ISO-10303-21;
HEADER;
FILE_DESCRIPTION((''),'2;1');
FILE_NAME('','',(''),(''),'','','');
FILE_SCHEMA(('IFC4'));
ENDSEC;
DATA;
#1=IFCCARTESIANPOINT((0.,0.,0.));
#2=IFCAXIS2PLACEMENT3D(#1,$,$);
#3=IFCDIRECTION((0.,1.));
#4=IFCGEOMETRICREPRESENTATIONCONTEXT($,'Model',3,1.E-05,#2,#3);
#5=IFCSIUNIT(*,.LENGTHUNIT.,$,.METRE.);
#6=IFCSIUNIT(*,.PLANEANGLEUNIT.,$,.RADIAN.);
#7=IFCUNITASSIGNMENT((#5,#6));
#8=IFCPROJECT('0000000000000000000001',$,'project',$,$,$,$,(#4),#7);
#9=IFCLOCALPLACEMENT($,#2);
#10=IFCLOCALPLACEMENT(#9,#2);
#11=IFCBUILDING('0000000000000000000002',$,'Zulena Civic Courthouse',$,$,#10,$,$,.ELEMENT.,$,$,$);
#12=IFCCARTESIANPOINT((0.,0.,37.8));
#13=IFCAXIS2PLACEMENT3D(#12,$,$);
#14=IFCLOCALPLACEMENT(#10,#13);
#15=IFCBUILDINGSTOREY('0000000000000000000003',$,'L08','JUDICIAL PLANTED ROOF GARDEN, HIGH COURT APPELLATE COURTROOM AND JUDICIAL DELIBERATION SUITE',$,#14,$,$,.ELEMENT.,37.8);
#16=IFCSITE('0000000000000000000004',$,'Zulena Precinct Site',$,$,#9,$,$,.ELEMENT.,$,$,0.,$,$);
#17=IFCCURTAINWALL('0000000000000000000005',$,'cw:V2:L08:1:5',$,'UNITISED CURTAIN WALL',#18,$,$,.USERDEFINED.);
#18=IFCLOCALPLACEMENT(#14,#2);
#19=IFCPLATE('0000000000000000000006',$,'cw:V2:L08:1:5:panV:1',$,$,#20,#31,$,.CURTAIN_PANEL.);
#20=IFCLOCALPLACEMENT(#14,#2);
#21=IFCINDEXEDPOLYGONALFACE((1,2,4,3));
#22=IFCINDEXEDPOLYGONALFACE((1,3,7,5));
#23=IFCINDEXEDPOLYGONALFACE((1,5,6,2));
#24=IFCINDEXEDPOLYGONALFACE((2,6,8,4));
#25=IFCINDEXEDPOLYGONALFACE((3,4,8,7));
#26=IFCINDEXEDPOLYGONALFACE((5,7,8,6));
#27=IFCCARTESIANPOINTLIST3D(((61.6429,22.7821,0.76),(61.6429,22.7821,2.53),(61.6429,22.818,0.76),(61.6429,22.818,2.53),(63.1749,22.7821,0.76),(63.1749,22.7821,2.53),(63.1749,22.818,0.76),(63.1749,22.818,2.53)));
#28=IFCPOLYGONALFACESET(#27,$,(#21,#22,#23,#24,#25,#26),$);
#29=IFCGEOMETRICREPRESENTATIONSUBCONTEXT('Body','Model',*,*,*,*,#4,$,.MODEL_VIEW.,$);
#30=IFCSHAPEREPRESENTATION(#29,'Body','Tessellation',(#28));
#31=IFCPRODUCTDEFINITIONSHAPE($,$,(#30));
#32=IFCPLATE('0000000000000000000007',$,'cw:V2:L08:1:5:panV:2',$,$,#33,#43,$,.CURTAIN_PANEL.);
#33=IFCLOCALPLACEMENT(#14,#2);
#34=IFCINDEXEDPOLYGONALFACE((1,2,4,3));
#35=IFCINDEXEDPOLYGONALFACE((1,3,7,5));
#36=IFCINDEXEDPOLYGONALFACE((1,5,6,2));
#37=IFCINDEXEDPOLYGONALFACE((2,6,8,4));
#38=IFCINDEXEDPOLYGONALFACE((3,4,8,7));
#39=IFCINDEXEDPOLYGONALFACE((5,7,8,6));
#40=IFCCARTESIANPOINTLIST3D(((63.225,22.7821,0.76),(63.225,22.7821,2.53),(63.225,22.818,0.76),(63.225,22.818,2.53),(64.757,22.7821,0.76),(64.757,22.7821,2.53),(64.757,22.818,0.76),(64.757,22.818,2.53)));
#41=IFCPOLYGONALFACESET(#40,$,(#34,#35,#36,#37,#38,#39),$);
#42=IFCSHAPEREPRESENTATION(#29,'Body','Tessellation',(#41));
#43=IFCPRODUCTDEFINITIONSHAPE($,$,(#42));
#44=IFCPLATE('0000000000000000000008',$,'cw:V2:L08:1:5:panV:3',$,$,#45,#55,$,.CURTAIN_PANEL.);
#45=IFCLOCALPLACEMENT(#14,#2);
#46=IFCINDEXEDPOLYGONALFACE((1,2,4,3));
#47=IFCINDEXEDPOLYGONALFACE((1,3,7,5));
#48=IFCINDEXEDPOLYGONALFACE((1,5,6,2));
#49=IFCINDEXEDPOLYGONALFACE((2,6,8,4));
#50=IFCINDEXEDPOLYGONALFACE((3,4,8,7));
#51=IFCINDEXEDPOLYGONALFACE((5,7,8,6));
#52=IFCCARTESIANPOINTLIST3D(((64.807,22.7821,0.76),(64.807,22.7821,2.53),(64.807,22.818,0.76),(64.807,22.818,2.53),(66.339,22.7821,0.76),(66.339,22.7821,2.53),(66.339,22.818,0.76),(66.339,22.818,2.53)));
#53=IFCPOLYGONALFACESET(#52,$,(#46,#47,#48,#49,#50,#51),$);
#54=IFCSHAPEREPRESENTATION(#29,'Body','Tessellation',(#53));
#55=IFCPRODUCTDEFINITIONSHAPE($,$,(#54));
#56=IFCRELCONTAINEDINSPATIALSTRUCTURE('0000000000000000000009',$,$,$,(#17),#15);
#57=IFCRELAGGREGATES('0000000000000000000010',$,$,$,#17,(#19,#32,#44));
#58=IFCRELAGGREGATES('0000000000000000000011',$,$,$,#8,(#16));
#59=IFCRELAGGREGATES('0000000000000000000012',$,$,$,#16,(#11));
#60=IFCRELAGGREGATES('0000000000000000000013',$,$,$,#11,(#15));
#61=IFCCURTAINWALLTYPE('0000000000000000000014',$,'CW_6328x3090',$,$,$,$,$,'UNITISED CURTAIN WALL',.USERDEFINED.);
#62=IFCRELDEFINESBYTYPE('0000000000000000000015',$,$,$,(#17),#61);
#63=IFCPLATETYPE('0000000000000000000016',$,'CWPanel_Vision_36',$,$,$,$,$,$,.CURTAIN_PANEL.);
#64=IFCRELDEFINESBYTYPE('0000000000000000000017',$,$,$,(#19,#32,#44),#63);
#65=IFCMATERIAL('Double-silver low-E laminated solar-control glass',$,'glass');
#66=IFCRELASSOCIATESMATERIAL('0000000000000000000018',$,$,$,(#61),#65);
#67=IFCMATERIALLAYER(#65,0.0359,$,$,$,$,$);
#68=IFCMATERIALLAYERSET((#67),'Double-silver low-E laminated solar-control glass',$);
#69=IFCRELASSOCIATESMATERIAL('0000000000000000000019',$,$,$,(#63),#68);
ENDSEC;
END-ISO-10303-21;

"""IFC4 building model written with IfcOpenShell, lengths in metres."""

from ifc_helpers import new_model, si_unit, direction, frame, origin, origin_2d, place, context, subcontext, project, spatial, rectangle, extrude, material, layer, layer_set, type_object, element, aggregate, save


model = new_model("IFC4")

# Units and contexts
model_context = context("Model", 3, precision=1e-05, world=origin(), true_north=direction((0.0, 1.0)))
body_context = subcontext(model_context, "Body", "Model", "MODEL_VIEW")
ifc_project = project(units=[si_unit("LENGTHUNIT", "METRE"), si_unit("PLANEANGLEUNIT", "RADIAN")], contexts=[model_context])

# Site, building, storey
site_placement = place(None, origin())
site = spatial("IfcSite", under=ifc_project, at=site_placement, Name="Zulena Precinct Site", CompositionType="ELEMENT", RefElevation=0.0)
building_placement = place(site_placement, origin())
building = spatial("IfcBuilding", under=site, at=building_placement, Name="Zulena Civic Courthouse", CompositionType="ELEMENT")
storey_placement = place(building_placement, frame((0.0, 0.0, 37.8)))
storey = spatial("IfcBuildingStorey", under=building, at=storey_placement, Name="L08", Description="JUDICIAL PLANTED ROOF GARDEN, HIGH COURT APPELLATE COURTROOM AND JUDICIAL DELIBERATION SUITE", CompositionType="ELEMENT", Elevation=37.8)

# Curtain wall
ifc_material_1 = material(Name="Double-silver low-E laminated solar-control glass", Category="glass")
curtain_wall_type_1 = type_object("IfcCurtainWallType", Name="CW_6328x3090", ElementType="UNITISED CURTAIN WALL", PredefinedType="USERDEFINED", material=ifc_material_1)
curtain_wall_1_placement = place(storey_placement, origin())
curtain_wall_1 = element("IfcCurtainWall", 1, at=curtain_wall_1_placement, inside=storey, type_object=curtain_wall_type_1, Name="cw:V2:L08:1:5", ObjectType="UNITISED CURTAIN WALL", PredefinedType="USERDEFINED")

# Plates
ifc_layer_1 = layer(ifc_material_1, 0.0359)
ifc_layer_set_1 = layer_set([ifc_layer_1], Name="Double-silver low-E laminated solar-control glass")
plate_type_1 = type_object("IfcPlateType", Name="CWPanel_Vision_36", PredefinedType="CURTAIN_PANEL", material=ifc_layer_set_1)
plate_1_placement = place(storey_placement, frame((62.4089, 22.8, 0.76), z_axis=(0.0, 0.0, 1.0), x_axis=(1.0, 0.0, 0.0)))
plate_1 = element("IfcPlate", 2, at=plate_1_placement, type_object=plate_type_1, Name="cw:V2:L08:1:5:panV:1", PredefinedType="CURTAIN_PANEL", context=body_context, shape_type="SweptSolid", body=[
    extrude(rectangle(XDim=1.532, YDim=0.0359, at=origin_2d()), origin(), (0.0, 0.0, 1.0), 1.77),
])
plate_2_placement = place(storey_placement, frame((63.991, 22.8, 0.76), z_axis=(0.0, 0.0, 1.0), x_axis=(1.0, 0.0, 0.0)))
plate_2 = element("IfcPlate", 3, at=plate_2_placement, type_object=plate_type_1, Name="cw:V2:L08:1:5:panV:2", PredefinedType="CURTAIN_PANEL", context=body_context, shape_type="SweptSolid", body=[
    extrude(rectangle(XDim=1.532, YDim=0.0359, at=origin_2d()), origin(), (0.0, 0.0, 1.0), 1.77),
])
plate_3_placement = place(storey_placement, frame((65.573, 22.8, 0.76), z_axis=(0.0, 0.0, 1.0), x_axis=(1.0, 0.0, 0.0)))
plate_3 = element("IfcPlate", 4, at=plate_3_placement, type_object=plate_type_1, Name="cw:V2:L08:1:5:panV:3", PredefinedType="CURTAIN_PANEL", context=body_context, shape_type="SweptSolid", body=[
    extrude(rectangle(XDim=1.532, YDim=0.0359, at=origin_2d()), origin(), (0.0, 0.0, 1.0), 1.77),
])
aggregate(curtain_wall_1, [plate_1, plate_2, plate_3])

save(model, "model.ifc")
